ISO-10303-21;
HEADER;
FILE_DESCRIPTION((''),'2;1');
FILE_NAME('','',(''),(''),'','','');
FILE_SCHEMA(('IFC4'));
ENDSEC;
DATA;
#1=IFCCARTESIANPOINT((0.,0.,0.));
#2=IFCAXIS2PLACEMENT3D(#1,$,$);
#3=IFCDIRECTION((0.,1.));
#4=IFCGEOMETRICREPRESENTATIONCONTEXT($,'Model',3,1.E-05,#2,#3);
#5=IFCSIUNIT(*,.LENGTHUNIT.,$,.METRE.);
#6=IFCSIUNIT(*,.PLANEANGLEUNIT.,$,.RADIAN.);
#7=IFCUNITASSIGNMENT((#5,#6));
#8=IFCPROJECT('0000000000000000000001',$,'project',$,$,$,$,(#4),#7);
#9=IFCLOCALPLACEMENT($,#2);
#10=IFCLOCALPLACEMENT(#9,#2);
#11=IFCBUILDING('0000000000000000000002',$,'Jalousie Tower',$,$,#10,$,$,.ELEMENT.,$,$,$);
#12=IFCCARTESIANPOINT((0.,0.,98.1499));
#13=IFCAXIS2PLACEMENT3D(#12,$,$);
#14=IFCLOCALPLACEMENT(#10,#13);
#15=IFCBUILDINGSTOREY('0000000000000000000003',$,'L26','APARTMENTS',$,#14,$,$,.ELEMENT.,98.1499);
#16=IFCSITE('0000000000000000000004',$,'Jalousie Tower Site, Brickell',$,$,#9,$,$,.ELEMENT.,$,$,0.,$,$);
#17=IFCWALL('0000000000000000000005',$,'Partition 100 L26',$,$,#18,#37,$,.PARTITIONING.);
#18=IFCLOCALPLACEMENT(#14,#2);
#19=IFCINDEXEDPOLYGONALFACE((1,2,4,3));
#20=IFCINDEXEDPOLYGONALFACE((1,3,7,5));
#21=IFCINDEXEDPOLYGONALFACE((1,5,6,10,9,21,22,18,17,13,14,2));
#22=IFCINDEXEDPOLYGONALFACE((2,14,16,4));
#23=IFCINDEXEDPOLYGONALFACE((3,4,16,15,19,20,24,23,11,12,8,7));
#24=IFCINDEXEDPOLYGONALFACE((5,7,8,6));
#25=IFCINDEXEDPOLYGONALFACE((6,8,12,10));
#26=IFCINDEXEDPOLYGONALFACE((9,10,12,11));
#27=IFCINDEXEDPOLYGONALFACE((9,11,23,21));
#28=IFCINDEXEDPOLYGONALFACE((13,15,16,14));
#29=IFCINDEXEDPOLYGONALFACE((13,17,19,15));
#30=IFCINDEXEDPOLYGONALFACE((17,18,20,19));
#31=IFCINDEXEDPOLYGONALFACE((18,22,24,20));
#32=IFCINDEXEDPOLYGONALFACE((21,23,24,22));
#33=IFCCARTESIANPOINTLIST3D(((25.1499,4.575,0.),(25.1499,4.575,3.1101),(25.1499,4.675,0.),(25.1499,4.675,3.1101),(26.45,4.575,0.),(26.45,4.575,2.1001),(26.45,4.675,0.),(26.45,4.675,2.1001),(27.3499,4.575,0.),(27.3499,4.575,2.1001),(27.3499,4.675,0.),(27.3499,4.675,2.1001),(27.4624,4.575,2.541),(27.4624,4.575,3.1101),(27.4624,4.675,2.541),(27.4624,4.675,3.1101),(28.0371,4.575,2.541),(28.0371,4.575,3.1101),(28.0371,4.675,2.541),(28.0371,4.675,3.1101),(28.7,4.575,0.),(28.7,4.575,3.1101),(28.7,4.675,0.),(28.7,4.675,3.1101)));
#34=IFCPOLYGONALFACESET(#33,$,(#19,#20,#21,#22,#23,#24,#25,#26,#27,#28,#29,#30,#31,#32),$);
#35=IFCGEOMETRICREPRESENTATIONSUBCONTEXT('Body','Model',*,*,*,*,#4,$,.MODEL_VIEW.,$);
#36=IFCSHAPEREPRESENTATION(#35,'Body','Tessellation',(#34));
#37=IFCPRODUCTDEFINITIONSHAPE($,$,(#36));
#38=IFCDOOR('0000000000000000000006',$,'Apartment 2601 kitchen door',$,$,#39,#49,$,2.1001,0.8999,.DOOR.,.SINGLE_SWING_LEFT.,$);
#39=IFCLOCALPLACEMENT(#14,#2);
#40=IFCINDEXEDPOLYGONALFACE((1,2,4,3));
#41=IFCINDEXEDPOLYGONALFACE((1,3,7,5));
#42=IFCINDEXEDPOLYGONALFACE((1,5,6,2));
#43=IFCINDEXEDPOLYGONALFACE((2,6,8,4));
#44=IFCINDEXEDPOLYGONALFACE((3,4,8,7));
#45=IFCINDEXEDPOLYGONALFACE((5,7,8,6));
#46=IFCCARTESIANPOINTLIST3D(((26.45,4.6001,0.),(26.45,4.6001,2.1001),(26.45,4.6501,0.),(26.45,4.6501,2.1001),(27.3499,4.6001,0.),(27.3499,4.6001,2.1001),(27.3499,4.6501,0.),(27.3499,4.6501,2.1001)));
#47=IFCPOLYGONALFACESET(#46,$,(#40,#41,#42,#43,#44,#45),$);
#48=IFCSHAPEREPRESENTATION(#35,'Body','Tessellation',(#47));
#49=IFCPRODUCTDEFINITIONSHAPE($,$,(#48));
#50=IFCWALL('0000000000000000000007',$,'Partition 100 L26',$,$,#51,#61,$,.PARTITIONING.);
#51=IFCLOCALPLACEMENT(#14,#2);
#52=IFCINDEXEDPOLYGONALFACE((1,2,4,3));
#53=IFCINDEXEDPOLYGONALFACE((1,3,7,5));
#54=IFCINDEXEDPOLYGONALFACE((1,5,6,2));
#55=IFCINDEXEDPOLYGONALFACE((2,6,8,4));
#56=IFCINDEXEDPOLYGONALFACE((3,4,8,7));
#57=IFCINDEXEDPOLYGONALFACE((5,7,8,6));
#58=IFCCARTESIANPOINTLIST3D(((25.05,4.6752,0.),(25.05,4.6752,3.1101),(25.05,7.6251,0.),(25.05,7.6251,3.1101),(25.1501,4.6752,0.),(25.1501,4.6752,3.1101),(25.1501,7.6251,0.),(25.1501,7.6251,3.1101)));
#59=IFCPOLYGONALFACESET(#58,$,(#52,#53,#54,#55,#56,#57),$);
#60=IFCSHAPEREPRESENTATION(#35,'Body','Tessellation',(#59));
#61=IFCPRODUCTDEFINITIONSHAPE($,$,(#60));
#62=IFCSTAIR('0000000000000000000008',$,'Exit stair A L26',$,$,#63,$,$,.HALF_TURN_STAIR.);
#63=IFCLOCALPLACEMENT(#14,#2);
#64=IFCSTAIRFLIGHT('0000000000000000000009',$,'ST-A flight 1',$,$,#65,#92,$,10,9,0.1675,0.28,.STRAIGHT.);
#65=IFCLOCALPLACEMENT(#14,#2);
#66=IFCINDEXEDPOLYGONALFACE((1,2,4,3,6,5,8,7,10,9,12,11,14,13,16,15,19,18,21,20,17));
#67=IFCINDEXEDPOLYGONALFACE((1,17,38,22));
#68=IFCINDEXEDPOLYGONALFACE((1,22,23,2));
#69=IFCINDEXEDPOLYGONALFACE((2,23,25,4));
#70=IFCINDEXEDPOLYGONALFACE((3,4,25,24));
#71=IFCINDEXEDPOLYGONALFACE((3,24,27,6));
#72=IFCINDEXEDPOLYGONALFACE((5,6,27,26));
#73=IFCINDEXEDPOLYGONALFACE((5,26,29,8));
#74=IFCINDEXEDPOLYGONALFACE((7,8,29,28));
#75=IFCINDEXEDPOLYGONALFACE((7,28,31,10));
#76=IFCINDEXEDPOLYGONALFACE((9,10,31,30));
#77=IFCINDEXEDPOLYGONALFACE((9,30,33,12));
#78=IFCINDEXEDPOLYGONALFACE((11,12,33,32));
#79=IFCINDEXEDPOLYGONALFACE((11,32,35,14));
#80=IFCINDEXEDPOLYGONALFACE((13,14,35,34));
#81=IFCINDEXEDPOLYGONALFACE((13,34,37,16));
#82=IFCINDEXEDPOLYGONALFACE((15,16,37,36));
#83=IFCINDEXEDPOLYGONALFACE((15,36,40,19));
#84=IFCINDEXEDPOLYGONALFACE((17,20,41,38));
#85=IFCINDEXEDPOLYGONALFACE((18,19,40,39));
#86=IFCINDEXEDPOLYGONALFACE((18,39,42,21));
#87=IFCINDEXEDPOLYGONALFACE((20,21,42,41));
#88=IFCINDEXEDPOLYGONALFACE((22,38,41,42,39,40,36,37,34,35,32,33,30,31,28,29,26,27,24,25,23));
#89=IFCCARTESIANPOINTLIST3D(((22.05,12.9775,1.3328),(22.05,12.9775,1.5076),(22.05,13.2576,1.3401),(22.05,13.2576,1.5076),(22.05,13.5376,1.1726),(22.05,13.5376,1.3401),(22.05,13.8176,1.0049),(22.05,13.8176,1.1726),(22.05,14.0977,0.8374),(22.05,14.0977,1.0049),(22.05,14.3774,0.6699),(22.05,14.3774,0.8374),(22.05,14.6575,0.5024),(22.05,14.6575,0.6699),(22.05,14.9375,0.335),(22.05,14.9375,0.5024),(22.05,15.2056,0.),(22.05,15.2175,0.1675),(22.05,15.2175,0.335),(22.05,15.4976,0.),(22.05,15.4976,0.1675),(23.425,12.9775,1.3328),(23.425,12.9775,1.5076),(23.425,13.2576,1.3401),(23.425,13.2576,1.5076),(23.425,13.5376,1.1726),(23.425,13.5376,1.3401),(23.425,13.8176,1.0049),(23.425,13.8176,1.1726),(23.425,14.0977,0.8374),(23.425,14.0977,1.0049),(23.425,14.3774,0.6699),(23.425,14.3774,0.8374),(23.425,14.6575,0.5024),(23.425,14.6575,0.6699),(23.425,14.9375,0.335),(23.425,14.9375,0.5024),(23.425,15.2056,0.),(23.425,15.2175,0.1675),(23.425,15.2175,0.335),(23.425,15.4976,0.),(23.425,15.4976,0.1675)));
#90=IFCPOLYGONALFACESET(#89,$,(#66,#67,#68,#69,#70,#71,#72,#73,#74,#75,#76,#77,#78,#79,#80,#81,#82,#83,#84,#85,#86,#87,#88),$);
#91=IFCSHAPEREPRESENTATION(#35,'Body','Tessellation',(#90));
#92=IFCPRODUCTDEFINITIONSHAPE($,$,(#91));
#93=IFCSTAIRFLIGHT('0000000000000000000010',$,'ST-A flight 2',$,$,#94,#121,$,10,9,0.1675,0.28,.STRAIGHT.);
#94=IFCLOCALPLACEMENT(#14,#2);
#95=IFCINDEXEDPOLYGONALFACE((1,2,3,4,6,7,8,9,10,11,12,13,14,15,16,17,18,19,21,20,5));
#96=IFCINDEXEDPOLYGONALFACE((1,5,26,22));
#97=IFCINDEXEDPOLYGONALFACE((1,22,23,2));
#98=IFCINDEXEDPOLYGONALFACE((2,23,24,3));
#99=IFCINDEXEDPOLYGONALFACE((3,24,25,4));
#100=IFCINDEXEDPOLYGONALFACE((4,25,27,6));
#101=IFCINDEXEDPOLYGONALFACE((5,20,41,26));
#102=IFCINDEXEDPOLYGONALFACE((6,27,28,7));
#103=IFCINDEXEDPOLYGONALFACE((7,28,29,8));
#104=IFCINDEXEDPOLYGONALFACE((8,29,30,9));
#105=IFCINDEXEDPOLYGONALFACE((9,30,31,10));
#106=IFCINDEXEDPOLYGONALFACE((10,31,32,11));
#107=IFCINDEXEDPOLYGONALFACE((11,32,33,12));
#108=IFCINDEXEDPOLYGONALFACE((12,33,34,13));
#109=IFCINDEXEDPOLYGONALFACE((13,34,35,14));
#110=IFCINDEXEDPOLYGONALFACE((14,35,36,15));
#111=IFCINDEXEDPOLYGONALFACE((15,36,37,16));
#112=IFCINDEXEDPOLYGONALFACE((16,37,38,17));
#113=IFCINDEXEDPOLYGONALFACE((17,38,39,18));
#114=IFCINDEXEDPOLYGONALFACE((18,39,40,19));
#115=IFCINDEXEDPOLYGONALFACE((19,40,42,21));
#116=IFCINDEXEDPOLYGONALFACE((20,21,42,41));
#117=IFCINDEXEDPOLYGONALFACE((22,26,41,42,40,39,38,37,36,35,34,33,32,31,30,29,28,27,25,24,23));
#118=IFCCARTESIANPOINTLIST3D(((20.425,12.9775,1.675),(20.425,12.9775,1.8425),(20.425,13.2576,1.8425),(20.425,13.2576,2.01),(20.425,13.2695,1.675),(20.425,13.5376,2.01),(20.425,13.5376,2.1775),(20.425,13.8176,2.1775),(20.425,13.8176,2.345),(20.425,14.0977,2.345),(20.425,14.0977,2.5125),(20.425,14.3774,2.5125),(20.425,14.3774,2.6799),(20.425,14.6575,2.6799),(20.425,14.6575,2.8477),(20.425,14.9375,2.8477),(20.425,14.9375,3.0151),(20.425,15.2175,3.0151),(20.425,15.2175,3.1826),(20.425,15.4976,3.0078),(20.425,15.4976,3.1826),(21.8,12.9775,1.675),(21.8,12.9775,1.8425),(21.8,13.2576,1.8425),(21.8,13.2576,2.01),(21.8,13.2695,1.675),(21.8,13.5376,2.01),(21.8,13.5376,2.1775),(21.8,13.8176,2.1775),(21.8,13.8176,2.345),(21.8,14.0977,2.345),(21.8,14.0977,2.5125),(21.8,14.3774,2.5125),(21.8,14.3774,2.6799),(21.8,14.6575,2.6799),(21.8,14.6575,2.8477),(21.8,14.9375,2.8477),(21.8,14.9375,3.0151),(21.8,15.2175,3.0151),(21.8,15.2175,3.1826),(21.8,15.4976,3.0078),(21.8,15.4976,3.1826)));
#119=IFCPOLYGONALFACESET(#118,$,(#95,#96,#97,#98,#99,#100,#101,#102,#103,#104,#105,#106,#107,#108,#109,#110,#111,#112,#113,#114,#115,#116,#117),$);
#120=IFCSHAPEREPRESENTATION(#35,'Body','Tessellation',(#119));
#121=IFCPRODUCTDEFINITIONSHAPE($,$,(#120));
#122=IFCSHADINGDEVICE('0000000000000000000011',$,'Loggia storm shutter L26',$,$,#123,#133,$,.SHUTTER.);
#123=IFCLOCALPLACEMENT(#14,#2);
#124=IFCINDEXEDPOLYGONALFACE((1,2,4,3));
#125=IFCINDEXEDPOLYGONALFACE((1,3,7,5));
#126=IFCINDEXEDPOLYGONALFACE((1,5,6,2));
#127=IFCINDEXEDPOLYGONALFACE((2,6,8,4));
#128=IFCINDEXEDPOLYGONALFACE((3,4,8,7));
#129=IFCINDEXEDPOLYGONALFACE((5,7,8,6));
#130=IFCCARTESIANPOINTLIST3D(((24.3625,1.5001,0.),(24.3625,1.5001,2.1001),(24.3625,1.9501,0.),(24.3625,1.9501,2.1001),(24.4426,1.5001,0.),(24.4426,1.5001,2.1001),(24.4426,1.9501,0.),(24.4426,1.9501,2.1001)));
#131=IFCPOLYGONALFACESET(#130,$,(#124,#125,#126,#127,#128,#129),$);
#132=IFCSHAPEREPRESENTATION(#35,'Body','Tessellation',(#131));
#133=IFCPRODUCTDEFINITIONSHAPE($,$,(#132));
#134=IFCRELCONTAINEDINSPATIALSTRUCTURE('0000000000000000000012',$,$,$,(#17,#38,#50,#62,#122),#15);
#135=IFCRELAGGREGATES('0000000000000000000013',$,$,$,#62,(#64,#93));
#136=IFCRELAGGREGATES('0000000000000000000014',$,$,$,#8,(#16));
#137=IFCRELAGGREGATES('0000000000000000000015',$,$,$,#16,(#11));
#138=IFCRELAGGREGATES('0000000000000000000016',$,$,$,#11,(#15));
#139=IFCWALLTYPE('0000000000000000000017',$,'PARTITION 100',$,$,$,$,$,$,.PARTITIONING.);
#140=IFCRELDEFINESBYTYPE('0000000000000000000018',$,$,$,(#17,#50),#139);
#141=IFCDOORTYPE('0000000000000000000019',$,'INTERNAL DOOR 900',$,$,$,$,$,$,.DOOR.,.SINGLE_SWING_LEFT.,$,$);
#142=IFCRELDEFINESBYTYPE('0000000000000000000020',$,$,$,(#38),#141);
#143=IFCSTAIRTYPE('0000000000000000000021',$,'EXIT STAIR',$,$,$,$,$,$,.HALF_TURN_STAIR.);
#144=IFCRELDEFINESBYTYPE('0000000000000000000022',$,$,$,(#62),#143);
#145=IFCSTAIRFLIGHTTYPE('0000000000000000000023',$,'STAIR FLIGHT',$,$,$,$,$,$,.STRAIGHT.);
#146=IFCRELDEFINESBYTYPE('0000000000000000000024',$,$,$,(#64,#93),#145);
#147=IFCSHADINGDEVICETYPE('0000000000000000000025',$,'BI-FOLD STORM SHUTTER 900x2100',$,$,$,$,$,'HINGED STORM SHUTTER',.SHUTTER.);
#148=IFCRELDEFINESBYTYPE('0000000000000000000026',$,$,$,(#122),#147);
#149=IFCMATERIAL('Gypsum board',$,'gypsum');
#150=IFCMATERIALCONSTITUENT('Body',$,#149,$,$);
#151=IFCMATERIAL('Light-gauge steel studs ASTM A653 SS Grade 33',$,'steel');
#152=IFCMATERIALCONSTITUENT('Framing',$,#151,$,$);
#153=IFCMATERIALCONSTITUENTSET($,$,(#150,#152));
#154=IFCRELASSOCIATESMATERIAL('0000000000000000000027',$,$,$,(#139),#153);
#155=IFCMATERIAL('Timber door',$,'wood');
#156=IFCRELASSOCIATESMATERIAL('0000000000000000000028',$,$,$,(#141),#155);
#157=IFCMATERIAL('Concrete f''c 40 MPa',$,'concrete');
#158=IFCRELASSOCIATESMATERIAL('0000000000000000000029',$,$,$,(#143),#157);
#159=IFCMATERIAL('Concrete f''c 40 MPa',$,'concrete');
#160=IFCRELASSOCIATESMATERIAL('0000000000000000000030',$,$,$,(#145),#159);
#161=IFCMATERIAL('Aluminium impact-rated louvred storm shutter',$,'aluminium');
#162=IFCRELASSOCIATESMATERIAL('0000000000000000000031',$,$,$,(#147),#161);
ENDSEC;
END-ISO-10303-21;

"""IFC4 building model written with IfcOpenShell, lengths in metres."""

from ifc_helpers import new_model, si_unit, direction, frame, frame_2d, origin, origin_2d, place, context, subcontext, project, spatial, polyline, rectangle, outline, extrude, material, constituent, constituent_set, type_object, element, fill, aggregate, save


model = new_model("IFC4")

# Units and contexts
model_context = context("Model", 3, precision=1e-05, world=origin(), true_north=direction((0.0, 1.0)))
body_context = subcontext(model_context, "Body", "Model", "MODEL_VIEW")
ifc_project = project(units=[si_unit("LENGTHUNIT", "METRE"), si_unit("PLANEANGLEUNIT", "RADIAN")], contexts=[model_context])

# Site, building, storey
site_placement = place(None, origin())
site = spatial("IfcSite", under=ifc_project, at=site_placement, Name="Jalousie Tower Site, Brickell", CompositionType="ELEMENT", RefElevation=0.0)
building_placement = place(site_placement, origin())
building = spatial("IfcBuilding", under=site, at=building_placement, Name="Jalousie Tower", CompositionType="ELEMENT")
storey_placement = place(building_placement, frame((0.0, 0.0, 98.1499)))
storey = spatial("IfcBuildingStorey", under=building, at=storey_placement, Name="L26", Description="APARTMENTS", CompositionType="ELEMENT", Elevation=98.1499)

# Wall, opening, door
ifc_material_1 = material(Name="Gypsum board", Category="gypsum")
ifc_constituent_1 = constituent(ifc_material_1, Name="Body")
ifc_material_2 = material(Name="Light-gauge steel studs ASTM A653 SS Grade 33", Category="steel")
ifc_constituent_2 = constituent(ifc_material_2, Name="Framing")
ifc_constituent_set_1 = constituent_set(constituents=[ifc_constituent_1, ifc_constituent_2])
wall_type_1 = type_object("IfcWallType", Name="PARTITION 100", PredefinedType="PARTITIONING", material=ifc_constituent_set_1)
wall_1_placement = place(storey_placement, frame((25.1499, 4.625, 0.0), z_axis=(0.0, 0.0, 1.0), x_axis=(1.0, 0.0, 0.0)))
wall_1 = element("IfcWall", 1, at=wall_1_placement, inside=storey, type_object=wall_type_1, Name="Partition 100 L26", PredefinedType="PARTITIONING", context=body_context, shape_type="SweptSolid", body=[
    extrude(outline(polyline([(0.0, 0.0), (3.55, 0.0), (3.55, 3.1101), (2.8872, 3.1101), (2.8872, 2.541), (2.3125, 2.541), (2.3125, 3.1101), (0.0, 3.1101), (0.0, 0.0)])), frame((0.0, 0.05, 0.0), z_axis=(0.0, -1.0, 0.0), x_axis=(1.0, 0.0, 0.0)), (0.0, 0.0, 1.0), 0.1001),
])
opening_1_placement = place(wall_1_placement, frame((1.3, 0.0, 0.0)))
opening_1 = element("IfcOpeningElement", 2, at=opening_1_placement, cuts=wall_1, PredefinedType="OPENING", context=body_context, shape_type="SweptSolid", body=[
    extrude(rectangle(XDim=0.8999, YDim=2.1001, at=frame_2d((0.45, 1.05))), frame((0.0, 0.0601, 0.0), z_axis=(0.0, -1.0, 0.0), x_axis=(1.0, 0.0, 0.0)), (0.0, 0.0, 1.0), 0.1201),
])
ifc_material_3 = material(Name="Timber door", Category="wood")
door_type_1 = type_object("IfcDoorType", Name="INTERNAL DOOR 900", OperationType="SINGLE_SWING_LEFT", PredefinedType="DOOR", material=ifc_material_3)
door_1_placement = place(opening_1_placement, frame((0.8999, 0.0, 0.0), z_axis=(0.0, 0.0, 1.0), x_axis=(-1.0, 0.0, 0.0)))
door_1 = element("IfcDoor", 3, at=door_1_placement, inside=storey, type_object=door_type_1, Name="Apartment 2601 kitchen door", OperationType="SINGLE_SWING_LEFT", OverallHeight=2.1001, OverallWidth=0.8999, PredefinedType="DOOR", context=body_context, shape_type="SweptSolid", body=[
    extrude(rectangle(XDim=0.8999, YDim=2.1001, at=frame_2d((0.45, 1.05))), frame((0.0, 0.0249, 0.0), z_axis=(0.0, -1.0, 0.0), x_axis=(1.0, 0.0, 0.0)), (0.0, 0.0, 1.0), 0.05),
])
fill(opening_1, door_1)

# Wall
wall_2_placement = place(storey_placement, frame((25.1001, 4.675, 0.0), z_axis=(0.0, 0.0, 1.0), x_axis=(0.0, 1.0, 0.0)))
element("IfcWall", 4, at=wall_2_placement, inside=storey, type_object=wall_type_1, Name="Partition 100 L26", PredefinedType="PARTITIONING", context=body_context, shape_type="SweptSolid", body=[
    extrude(rectangle(XDim=2.95, YDim=0.1001, at=frame_2d((1.4751, 0.0))), origin(), (0.0, 0.0, 1.0), 3.1101),
])

# Stair, stair flights
ifc_material_4 = material(Name="Concrete f'c 40 MPa", Category="concrete")
stair_type = type_object("IfcStairType", Name="EXIT STAIR", PredefinedType="HALF_TURN_STAIR", material=ifc_material_4)
stair_placement = place(storey_placement, origin())
stair = element("IfcStair", 5, at=stair_placement, inside=storey, type_object=stair_type, Name="Exit stair A L26", PredefinedType="HALF_TURN_STAIR")
ifc_material_5 = material(Name="Concrete f'c 40 MPa", Category="concrete")
stair_flight_type = type_object("IfcStairFlightType", Name="STAIR FLIGHT", PredefinedType="STRAIGHT", material=ifc_material_5)
stair_flight_1_placement = place(storey_placement, frame((22.7375, 15.4976, 0.0), z_axis=(0.0, 0.0, 1.0), x_axis=(0.0, -1.0, 0.0)))
stair_flight_1 = element("IfcStairFlight", 6, at=stair_flight_1_placement, type_object=stair_flight_type, Name="ST-A flight 1", NumberOfRisers=10, NumberOfTreads=9, PredefinedType="STRAIGHT", RiserHeight=0.1675, TreadLength=0.28, context=body_context, shape_type="SweptSolid", body=[
    extrude(outline(polyline([(0.0, 0.0), (0.0, 0.1675), (0.28, 0.1675), (0.28, 0.335), (0.5601, 0.335), (0.5601, 0.5024), (0.8401, 0.5024), (0.8401, 0.6699), (1.1201, 0.6699), (1.1201, 0.8374), (1.3999, 0.8374), (1.3999, 1.0049), (1.6799, 1.0049), (1.6799, 1.1726), (1.96, 1.1726), (1.96, 1.3401), (2.24, 1.3401), (2.24, 1.5076), (2.52, 1.5076), (2.52, 1.675), (2.52, 1.3328), (0.292, 0.0), (0.0, 0.0)])), frame((0.0, 0.6875, 0.0), z_axis=(0.0, -1.0, 0.0), x_axis=(1.0, 0.0, 0.0)), (0.0, 0.0, 1.0), 1.375),
])
stair_flight_2_placement = place(storey_placement, frame((21.1125, 12.9775, 1.675), z_axis=(0.0, 0.0, 1.0), x_axis=(0.0, 1.0, 0.0)))
stair_flight_2 = element("IfcStairFlight", 7, at=stair_flight_2_placement, type_object=stair_flight_type, Name="ST-A flight 2", NumberOfRisers=10, NumberOfTreads=9, PredefinedType="STRAIGHT", RiserHeight=0.1675, TreadLength=0.28, context=body_context, shape_type="SweptSolid", body=[
    extrude(outline(polyline([(0.0, 0.0), (0.0, 0.1675), (0.28, 0.1675), (0.28, 0.335), (0.5601, 0.335), (0.5601, 0.5024), (0.8401, 0.5024), (0.8401, 0.6699), (1.1201, 0.6699), (1.1201, 0.8374), (1.3999, 0.8374), (1.3999, 1.0049), (1.6799, 1.0049), (1.6799, 1.1726), (1.96, 1.1726), (1.96, 1.3401), (2.24, 1.3401), (2.24, 1.5076), (2.52, 1.5076), (2.52, 1.675), (2.52, 1.3328), (0.292, 0.0), (0.0, 0.0)])), frame((0.0, 0.6875, 0.0), z_axis=(0.0, -1.0, 0.0), x_axis=(1.0, 0.0, 0.0)), (0.0, 0.0, 1.0), 1.375),
])
aggregate(stair, [stair_flight_1, stair_flight_2])

# Shading device
ifc_material_6 = material(Name="Aluminium impact-rated louvred storm shutter", Category="aluminium")
shading_device_type = type_object("IfcShadingDeviceType", Name="BI-FOLD STORM SHUTTER 900x2100", ElementType="HINGED STORM SHUTTER", PredefinedType="SHUTTER", material=ifc_material_6)
shading_device_placement = place(storey_placement, frame((24.4026, 1.7251, 0.0), z_axis=(0.0, 0.0, 1.0), x_axis=(0.0, 1.0, 0.0)))
element("IfcShadingDevice", 8, at=shading_device_placement, inside=storey, type_object=shading_device_type, Name="Loggia storm shutter L26", PredefinedType="SHUTTER", context=body_context, shape_type="SweptSolid", body=[
    extrude(rectangle(XDim=0.45, YDim=0.0801, at=origin_2d()), origin(), (0.0, 0.0, 1.0), 2.1001),
])

save(model, "model.ifc")
